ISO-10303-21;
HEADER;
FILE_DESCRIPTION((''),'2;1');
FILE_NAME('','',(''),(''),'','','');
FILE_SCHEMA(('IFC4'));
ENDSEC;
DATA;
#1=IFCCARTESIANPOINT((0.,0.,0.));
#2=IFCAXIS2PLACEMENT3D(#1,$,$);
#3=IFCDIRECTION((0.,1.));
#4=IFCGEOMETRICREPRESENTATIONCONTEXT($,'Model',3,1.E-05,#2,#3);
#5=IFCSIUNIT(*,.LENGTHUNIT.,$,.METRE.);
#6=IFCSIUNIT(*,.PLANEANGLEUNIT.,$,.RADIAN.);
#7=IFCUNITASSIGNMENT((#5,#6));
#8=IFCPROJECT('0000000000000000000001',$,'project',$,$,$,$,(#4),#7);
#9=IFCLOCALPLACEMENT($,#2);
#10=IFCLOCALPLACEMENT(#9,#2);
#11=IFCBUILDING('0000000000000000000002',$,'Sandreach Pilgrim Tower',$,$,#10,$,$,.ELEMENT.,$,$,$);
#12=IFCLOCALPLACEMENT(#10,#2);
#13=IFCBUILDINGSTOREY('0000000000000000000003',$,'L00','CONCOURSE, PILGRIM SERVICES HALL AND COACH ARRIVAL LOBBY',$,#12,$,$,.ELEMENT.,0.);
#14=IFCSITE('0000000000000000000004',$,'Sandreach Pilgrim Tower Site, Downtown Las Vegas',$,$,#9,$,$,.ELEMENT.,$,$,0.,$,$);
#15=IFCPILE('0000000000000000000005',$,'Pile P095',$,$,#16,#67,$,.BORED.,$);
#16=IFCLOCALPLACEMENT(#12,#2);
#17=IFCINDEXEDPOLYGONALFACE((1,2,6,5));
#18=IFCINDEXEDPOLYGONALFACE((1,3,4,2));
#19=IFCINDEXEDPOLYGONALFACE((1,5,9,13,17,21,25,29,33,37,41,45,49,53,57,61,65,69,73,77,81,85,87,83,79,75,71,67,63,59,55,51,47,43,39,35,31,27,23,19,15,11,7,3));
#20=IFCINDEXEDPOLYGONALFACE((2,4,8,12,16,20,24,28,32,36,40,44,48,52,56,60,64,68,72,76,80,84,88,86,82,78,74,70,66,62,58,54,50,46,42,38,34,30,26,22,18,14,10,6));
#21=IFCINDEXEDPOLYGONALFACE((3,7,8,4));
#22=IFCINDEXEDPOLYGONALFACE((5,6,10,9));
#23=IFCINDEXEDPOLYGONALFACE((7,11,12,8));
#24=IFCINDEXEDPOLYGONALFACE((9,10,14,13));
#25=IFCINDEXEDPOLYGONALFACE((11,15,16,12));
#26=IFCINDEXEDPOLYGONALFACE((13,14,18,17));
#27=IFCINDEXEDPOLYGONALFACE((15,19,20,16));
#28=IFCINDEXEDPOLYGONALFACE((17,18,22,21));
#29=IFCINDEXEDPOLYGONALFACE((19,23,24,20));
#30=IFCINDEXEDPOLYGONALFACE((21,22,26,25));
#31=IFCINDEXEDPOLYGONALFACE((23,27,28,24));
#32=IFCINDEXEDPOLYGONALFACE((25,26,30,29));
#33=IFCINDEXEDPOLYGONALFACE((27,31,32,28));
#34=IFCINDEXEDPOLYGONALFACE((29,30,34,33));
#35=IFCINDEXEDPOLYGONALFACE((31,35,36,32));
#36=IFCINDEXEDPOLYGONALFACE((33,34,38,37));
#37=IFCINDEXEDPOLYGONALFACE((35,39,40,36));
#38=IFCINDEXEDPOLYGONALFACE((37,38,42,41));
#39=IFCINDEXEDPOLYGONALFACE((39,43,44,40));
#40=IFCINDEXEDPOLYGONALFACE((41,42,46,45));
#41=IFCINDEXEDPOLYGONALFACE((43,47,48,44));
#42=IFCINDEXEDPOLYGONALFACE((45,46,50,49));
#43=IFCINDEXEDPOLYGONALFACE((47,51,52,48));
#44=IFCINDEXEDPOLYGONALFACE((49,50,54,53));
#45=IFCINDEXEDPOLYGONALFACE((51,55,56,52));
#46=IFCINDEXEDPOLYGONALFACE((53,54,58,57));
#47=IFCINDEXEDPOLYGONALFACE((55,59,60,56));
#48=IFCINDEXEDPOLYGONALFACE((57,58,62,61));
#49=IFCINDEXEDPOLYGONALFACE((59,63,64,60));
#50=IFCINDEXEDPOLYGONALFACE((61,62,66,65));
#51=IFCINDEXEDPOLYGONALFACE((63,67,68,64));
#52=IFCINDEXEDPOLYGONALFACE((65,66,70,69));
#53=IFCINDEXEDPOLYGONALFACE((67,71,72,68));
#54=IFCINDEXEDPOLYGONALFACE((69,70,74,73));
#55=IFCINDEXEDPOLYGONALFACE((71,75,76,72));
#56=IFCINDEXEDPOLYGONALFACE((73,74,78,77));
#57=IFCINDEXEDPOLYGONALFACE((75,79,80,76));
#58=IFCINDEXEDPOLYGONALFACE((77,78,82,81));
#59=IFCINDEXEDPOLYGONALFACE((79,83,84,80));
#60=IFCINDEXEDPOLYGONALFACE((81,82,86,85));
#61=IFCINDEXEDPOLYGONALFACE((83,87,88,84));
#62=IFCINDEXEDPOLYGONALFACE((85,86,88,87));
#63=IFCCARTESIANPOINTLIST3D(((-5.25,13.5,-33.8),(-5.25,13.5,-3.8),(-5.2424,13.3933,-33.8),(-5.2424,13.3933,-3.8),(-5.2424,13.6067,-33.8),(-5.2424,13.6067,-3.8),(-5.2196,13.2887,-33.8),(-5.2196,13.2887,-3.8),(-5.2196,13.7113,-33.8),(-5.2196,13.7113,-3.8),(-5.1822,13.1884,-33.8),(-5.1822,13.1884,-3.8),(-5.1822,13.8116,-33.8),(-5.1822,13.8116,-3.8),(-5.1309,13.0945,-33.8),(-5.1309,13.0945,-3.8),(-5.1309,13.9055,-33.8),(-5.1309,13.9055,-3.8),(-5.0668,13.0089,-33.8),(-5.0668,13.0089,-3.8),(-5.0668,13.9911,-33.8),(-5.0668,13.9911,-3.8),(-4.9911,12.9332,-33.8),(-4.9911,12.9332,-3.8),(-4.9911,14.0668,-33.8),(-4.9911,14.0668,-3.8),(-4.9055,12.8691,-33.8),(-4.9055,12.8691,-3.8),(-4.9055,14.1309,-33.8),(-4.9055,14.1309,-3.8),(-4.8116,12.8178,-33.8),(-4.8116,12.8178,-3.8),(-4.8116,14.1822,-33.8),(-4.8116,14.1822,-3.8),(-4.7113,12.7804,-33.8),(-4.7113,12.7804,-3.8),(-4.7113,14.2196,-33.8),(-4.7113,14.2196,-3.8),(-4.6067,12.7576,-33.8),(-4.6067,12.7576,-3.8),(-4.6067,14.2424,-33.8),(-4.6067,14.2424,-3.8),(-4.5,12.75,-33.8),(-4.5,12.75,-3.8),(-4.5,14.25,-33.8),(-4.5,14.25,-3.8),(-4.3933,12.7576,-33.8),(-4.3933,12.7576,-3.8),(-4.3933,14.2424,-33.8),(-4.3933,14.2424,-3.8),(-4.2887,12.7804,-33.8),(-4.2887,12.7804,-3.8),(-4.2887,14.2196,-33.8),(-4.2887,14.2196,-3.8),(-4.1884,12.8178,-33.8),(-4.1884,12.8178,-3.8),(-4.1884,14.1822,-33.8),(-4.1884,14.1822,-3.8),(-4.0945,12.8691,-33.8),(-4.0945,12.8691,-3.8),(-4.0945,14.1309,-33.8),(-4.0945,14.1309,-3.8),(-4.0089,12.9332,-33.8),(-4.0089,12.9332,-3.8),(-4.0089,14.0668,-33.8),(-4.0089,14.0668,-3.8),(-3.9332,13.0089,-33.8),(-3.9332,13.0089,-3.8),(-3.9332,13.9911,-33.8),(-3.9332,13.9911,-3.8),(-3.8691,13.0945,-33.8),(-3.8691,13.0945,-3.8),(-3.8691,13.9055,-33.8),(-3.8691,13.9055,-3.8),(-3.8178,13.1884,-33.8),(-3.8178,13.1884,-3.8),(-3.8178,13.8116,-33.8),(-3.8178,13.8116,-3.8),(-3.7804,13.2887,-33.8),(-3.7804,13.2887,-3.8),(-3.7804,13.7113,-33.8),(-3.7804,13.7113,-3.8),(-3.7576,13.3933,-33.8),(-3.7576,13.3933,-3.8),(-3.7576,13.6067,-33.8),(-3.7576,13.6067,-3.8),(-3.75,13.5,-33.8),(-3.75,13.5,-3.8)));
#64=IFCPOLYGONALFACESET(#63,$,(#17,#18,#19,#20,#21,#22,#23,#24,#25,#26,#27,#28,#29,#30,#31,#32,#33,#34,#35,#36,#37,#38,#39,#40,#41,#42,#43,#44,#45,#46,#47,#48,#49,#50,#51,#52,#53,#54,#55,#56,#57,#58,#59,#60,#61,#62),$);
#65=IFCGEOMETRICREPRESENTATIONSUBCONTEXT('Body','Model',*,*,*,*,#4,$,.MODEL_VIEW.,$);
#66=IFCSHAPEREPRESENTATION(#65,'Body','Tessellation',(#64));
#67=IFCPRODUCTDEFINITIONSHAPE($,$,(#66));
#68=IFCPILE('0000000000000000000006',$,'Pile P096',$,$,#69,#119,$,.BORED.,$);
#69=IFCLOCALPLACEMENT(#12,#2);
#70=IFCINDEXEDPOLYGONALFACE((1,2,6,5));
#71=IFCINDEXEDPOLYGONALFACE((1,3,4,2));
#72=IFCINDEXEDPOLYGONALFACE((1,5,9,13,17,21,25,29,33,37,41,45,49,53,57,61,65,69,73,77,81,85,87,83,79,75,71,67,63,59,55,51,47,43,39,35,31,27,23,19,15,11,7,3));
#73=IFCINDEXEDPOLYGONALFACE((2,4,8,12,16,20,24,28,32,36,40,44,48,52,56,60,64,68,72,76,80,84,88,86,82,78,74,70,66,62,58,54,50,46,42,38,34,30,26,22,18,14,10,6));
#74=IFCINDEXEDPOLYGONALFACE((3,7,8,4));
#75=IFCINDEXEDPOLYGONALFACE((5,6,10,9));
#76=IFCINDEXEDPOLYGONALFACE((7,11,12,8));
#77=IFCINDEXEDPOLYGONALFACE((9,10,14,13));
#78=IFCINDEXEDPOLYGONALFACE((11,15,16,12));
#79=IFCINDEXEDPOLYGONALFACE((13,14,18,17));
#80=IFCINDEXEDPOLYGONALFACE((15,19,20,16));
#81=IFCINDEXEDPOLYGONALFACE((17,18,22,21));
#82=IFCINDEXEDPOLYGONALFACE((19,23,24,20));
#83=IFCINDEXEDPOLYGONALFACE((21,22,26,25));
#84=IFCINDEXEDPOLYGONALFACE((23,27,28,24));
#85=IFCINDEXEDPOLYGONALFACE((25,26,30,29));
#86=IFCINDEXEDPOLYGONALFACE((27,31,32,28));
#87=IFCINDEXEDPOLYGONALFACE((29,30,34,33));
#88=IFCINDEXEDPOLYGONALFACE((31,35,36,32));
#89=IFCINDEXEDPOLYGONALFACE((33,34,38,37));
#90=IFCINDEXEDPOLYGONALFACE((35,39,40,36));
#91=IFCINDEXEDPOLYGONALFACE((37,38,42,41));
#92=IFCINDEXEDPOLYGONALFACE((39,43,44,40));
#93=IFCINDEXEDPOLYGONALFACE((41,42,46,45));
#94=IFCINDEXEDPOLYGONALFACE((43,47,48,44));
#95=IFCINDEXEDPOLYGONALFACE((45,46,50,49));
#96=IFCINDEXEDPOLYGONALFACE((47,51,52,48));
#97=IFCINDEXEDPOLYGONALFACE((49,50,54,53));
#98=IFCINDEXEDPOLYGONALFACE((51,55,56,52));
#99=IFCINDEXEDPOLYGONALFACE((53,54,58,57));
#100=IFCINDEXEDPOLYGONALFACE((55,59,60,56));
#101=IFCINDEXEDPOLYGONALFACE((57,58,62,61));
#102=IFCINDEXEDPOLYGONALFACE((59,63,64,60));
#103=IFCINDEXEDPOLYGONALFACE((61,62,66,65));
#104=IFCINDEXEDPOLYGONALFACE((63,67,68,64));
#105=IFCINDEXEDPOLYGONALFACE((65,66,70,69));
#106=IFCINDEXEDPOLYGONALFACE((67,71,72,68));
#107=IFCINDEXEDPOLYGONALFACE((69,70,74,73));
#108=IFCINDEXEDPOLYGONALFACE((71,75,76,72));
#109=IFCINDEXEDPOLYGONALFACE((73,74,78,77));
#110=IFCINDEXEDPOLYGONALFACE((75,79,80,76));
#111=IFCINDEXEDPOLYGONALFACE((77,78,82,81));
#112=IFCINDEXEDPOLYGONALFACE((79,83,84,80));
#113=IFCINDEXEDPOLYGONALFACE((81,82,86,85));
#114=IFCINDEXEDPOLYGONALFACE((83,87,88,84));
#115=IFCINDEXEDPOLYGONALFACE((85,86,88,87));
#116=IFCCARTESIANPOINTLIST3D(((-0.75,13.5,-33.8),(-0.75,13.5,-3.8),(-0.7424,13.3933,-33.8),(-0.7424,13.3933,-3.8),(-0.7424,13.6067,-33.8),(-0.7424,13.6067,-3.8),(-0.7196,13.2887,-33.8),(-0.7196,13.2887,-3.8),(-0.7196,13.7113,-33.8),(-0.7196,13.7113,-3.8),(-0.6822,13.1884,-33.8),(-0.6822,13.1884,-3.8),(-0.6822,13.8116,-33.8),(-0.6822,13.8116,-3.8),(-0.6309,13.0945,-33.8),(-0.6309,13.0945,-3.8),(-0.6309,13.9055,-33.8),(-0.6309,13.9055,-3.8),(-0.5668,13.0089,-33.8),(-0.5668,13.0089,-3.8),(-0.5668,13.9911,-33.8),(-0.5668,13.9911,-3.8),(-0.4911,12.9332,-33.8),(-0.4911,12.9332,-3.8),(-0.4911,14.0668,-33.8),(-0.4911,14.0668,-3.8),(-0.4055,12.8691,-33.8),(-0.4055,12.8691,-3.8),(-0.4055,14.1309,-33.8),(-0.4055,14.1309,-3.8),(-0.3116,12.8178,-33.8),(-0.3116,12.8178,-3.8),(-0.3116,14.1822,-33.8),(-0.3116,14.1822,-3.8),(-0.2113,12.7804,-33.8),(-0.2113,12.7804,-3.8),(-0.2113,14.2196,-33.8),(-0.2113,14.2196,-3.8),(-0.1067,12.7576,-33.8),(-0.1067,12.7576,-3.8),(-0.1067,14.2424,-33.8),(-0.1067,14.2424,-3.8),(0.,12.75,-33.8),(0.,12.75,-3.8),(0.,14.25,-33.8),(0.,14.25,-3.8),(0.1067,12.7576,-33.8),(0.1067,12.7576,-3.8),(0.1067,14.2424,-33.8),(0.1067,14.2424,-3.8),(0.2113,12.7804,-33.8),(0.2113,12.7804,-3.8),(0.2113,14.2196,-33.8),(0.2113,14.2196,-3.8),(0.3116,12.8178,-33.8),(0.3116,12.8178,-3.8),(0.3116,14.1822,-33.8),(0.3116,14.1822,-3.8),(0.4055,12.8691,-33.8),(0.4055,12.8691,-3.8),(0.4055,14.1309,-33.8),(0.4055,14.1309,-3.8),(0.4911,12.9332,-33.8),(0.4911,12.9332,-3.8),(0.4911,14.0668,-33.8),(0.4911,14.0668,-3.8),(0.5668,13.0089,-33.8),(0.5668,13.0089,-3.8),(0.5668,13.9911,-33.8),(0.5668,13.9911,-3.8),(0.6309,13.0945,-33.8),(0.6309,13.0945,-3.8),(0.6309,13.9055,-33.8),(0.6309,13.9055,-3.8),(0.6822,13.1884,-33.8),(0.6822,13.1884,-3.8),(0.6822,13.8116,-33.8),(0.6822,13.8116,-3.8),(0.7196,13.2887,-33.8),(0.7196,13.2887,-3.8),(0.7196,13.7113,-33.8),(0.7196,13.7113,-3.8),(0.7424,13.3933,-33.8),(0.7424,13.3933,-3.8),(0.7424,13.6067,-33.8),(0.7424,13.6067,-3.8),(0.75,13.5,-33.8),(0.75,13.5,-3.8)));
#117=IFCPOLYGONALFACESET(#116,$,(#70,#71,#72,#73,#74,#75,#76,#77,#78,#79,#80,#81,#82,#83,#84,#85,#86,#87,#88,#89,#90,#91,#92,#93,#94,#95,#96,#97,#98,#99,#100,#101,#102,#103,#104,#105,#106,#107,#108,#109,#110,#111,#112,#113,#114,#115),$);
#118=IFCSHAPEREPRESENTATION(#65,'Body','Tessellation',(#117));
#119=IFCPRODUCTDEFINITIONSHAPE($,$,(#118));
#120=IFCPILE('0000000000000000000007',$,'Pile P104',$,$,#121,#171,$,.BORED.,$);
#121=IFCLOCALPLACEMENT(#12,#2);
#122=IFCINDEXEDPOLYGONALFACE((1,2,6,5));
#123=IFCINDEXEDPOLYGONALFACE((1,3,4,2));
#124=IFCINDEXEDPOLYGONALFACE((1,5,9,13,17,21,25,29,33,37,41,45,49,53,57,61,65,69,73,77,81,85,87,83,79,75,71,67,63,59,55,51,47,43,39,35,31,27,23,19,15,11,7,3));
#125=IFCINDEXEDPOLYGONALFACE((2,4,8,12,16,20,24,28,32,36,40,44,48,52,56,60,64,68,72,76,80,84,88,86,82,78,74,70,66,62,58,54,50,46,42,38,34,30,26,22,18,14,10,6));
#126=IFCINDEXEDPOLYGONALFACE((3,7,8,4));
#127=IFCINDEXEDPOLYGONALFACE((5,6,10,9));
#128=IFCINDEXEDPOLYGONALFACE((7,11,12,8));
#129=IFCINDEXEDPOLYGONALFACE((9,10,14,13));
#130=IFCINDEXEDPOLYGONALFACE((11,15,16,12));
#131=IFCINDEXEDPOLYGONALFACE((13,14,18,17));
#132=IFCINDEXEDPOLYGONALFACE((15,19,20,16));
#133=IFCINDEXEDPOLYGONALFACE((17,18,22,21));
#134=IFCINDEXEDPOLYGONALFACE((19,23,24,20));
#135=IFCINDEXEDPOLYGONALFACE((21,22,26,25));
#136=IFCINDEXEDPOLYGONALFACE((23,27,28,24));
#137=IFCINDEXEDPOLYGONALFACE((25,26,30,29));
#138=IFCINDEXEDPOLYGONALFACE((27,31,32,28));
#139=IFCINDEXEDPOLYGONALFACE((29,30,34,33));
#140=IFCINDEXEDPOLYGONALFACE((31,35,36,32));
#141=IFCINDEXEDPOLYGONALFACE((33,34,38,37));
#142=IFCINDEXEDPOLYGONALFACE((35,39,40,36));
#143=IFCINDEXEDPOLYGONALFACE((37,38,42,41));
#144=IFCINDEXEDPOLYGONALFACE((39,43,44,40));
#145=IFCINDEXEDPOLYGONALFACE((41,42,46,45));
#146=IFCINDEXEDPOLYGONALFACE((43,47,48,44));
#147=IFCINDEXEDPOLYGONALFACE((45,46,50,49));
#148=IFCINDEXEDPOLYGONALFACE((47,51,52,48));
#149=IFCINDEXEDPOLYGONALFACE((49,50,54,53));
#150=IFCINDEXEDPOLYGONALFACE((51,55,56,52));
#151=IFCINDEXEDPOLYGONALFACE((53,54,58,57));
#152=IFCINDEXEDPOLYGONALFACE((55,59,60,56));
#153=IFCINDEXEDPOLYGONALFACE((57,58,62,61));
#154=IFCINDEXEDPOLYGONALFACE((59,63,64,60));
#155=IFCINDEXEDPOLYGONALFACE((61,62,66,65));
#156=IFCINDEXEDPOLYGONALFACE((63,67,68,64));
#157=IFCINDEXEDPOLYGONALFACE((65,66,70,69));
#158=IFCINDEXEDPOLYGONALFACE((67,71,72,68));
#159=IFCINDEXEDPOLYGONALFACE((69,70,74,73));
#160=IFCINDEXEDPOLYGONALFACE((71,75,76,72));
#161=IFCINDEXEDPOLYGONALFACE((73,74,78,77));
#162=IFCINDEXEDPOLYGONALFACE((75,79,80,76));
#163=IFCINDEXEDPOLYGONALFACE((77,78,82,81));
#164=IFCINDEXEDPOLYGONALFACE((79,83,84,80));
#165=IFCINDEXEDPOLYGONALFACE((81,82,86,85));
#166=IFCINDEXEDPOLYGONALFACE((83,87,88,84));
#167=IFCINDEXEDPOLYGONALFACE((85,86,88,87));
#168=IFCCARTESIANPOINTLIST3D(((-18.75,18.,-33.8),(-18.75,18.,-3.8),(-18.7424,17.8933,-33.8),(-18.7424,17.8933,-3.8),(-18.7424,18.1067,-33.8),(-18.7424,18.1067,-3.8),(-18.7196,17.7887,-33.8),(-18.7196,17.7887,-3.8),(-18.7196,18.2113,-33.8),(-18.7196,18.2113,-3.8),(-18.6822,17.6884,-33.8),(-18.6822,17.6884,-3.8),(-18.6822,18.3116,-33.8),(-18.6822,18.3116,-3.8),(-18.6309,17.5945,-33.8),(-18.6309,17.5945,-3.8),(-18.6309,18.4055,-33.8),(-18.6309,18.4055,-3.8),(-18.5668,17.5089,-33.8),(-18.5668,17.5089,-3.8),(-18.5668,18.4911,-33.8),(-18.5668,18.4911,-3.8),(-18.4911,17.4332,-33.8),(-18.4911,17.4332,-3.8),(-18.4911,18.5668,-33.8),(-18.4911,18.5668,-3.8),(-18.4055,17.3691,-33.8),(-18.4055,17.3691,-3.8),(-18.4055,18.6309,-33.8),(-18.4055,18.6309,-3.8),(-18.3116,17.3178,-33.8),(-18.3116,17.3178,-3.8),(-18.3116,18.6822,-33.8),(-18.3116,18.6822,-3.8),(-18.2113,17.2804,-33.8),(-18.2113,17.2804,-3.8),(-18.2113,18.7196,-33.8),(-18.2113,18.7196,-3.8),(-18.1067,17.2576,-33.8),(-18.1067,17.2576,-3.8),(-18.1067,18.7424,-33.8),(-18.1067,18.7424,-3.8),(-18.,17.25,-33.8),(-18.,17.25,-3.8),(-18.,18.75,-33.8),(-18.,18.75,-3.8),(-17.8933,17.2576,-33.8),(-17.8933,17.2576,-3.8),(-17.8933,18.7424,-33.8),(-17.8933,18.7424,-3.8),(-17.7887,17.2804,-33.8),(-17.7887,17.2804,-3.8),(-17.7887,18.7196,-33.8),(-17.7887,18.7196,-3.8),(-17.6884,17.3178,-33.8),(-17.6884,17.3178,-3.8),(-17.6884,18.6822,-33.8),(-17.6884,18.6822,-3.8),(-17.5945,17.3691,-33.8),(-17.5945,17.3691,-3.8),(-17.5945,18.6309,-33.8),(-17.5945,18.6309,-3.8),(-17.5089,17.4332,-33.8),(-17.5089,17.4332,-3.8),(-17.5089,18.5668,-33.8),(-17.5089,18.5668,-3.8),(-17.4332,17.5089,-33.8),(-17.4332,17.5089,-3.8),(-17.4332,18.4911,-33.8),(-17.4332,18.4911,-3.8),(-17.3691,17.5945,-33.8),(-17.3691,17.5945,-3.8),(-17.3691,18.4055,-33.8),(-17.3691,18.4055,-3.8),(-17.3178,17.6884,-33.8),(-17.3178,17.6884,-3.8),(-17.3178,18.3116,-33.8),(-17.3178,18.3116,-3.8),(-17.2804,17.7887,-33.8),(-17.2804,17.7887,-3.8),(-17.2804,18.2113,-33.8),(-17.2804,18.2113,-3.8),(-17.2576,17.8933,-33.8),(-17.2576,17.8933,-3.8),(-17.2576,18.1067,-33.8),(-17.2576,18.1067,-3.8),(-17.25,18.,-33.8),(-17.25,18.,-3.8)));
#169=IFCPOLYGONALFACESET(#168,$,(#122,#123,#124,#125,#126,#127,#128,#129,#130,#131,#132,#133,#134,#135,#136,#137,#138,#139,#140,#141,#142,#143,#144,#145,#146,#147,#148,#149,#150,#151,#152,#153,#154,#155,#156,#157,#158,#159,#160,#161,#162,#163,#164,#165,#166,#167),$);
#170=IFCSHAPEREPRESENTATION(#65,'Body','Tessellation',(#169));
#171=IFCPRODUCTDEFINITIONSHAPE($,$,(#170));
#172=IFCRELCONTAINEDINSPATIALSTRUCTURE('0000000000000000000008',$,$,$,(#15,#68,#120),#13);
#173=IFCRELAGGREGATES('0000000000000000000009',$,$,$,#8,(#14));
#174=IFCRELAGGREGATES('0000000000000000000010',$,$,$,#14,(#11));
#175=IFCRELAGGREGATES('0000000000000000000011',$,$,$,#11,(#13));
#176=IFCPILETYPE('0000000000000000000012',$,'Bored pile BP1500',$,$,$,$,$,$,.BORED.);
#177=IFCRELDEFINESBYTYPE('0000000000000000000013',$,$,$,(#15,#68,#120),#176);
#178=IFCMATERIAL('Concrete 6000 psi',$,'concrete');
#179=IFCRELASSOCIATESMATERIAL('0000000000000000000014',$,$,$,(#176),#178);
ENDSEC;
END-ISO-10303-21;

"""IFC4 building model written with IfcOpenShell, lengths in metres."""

from ifc_helpers import new_model, si_unit, direction, frame, origin, origin_2d, place, context, subcontext, project, spatial, circle, extrude, material, material_profile, profile_set, type_object, element, save


model = new_model("IFC4")

# Units and contexts
model_context = context("Model", 3, precision=1e-05, world=origin(), true_north=direction((0.0, 1.0)))
body_context = subcontext(model_context, "Body", "Model", "MODEL_VIEW")
ifc_project = project(units=[si_unit("LENGTHUNIT", "METRE"), si_unit("PLANEANGLEUNIT", "RADIAN")], contexts=[model_context])

# Site, building, storey
site_placement = place(None, origin())
site = spatial("IfcSite", under=ifc_project, at=site_placement, Name="Sandreach Pilgrim Tower Site, Downtown Las Vegas", CompositionType="ELEMENT", RefElevation=0.0)
building_placement = place(site_placement, origin())
building = spatial("IfcBuilding", under=site, at=building_placement, Name="Sandreach Pilgrim Tower", CompositionType="ELEMENT")
storey_placement = place(building_placement, origin())
storey = spatial("IfcBuildingStorey", under=building, at=storey_placement, Name="L00", Description="CONCOURSE, PILGRIM SERVICES HALL AND COACH ARRIVAL LOBBY", CompositionType="ELEMENT", Elevation=0.0)

# Piles
ifc_material_1 = material(Name="Concrete 6000 psi", Category="concrete")
ifc_material_profile_1 = material_profile(ifc_material_1, circle(Radius=0.75, at=origin_2d()), Name="BP1500")
ifc_profile_set_1 = profile_set([ifc_material_profile_1], Name="Concrete 6000 psi")
pile_type = type_object("IfcPileType", Name="Bored pile BP1500", PredefinedType="BORED", material=ifc_profile_set_1)
for number, where, z_axis, x_axis, name in (
    (1, (-4.5, 13.5, -3.8), (0.0, 0.0, -1.0), (1.0, 0.0, 0.0), "Pile P095"),
    (2, (0.0, 13.5, -3.8), (0.0, 0.0, -1.0), (1.0, 0.0, 0.0), "Pile P096"),
    (3, (-18.0, 18.0, -3.8), (0.0, 0.0, -1.0), (1.0, 0.0, 0.0), "Pile P104"),
):
    element("IfcPile", number, at=place(storey_placement, frame(where, z_axis=z_axis, x_axis=x_axis)), inside=storey, type_object=pile_type, Name=name, PredefinedType="BORED", context=body_context, shape_type="SweptSolid", body=[
        extrude(circle(Radius=0.75, at=origin_2d()), origin(), (0.0, 0.0, 1.0), 30.0),
    ])

save(model, "model.ifc")
